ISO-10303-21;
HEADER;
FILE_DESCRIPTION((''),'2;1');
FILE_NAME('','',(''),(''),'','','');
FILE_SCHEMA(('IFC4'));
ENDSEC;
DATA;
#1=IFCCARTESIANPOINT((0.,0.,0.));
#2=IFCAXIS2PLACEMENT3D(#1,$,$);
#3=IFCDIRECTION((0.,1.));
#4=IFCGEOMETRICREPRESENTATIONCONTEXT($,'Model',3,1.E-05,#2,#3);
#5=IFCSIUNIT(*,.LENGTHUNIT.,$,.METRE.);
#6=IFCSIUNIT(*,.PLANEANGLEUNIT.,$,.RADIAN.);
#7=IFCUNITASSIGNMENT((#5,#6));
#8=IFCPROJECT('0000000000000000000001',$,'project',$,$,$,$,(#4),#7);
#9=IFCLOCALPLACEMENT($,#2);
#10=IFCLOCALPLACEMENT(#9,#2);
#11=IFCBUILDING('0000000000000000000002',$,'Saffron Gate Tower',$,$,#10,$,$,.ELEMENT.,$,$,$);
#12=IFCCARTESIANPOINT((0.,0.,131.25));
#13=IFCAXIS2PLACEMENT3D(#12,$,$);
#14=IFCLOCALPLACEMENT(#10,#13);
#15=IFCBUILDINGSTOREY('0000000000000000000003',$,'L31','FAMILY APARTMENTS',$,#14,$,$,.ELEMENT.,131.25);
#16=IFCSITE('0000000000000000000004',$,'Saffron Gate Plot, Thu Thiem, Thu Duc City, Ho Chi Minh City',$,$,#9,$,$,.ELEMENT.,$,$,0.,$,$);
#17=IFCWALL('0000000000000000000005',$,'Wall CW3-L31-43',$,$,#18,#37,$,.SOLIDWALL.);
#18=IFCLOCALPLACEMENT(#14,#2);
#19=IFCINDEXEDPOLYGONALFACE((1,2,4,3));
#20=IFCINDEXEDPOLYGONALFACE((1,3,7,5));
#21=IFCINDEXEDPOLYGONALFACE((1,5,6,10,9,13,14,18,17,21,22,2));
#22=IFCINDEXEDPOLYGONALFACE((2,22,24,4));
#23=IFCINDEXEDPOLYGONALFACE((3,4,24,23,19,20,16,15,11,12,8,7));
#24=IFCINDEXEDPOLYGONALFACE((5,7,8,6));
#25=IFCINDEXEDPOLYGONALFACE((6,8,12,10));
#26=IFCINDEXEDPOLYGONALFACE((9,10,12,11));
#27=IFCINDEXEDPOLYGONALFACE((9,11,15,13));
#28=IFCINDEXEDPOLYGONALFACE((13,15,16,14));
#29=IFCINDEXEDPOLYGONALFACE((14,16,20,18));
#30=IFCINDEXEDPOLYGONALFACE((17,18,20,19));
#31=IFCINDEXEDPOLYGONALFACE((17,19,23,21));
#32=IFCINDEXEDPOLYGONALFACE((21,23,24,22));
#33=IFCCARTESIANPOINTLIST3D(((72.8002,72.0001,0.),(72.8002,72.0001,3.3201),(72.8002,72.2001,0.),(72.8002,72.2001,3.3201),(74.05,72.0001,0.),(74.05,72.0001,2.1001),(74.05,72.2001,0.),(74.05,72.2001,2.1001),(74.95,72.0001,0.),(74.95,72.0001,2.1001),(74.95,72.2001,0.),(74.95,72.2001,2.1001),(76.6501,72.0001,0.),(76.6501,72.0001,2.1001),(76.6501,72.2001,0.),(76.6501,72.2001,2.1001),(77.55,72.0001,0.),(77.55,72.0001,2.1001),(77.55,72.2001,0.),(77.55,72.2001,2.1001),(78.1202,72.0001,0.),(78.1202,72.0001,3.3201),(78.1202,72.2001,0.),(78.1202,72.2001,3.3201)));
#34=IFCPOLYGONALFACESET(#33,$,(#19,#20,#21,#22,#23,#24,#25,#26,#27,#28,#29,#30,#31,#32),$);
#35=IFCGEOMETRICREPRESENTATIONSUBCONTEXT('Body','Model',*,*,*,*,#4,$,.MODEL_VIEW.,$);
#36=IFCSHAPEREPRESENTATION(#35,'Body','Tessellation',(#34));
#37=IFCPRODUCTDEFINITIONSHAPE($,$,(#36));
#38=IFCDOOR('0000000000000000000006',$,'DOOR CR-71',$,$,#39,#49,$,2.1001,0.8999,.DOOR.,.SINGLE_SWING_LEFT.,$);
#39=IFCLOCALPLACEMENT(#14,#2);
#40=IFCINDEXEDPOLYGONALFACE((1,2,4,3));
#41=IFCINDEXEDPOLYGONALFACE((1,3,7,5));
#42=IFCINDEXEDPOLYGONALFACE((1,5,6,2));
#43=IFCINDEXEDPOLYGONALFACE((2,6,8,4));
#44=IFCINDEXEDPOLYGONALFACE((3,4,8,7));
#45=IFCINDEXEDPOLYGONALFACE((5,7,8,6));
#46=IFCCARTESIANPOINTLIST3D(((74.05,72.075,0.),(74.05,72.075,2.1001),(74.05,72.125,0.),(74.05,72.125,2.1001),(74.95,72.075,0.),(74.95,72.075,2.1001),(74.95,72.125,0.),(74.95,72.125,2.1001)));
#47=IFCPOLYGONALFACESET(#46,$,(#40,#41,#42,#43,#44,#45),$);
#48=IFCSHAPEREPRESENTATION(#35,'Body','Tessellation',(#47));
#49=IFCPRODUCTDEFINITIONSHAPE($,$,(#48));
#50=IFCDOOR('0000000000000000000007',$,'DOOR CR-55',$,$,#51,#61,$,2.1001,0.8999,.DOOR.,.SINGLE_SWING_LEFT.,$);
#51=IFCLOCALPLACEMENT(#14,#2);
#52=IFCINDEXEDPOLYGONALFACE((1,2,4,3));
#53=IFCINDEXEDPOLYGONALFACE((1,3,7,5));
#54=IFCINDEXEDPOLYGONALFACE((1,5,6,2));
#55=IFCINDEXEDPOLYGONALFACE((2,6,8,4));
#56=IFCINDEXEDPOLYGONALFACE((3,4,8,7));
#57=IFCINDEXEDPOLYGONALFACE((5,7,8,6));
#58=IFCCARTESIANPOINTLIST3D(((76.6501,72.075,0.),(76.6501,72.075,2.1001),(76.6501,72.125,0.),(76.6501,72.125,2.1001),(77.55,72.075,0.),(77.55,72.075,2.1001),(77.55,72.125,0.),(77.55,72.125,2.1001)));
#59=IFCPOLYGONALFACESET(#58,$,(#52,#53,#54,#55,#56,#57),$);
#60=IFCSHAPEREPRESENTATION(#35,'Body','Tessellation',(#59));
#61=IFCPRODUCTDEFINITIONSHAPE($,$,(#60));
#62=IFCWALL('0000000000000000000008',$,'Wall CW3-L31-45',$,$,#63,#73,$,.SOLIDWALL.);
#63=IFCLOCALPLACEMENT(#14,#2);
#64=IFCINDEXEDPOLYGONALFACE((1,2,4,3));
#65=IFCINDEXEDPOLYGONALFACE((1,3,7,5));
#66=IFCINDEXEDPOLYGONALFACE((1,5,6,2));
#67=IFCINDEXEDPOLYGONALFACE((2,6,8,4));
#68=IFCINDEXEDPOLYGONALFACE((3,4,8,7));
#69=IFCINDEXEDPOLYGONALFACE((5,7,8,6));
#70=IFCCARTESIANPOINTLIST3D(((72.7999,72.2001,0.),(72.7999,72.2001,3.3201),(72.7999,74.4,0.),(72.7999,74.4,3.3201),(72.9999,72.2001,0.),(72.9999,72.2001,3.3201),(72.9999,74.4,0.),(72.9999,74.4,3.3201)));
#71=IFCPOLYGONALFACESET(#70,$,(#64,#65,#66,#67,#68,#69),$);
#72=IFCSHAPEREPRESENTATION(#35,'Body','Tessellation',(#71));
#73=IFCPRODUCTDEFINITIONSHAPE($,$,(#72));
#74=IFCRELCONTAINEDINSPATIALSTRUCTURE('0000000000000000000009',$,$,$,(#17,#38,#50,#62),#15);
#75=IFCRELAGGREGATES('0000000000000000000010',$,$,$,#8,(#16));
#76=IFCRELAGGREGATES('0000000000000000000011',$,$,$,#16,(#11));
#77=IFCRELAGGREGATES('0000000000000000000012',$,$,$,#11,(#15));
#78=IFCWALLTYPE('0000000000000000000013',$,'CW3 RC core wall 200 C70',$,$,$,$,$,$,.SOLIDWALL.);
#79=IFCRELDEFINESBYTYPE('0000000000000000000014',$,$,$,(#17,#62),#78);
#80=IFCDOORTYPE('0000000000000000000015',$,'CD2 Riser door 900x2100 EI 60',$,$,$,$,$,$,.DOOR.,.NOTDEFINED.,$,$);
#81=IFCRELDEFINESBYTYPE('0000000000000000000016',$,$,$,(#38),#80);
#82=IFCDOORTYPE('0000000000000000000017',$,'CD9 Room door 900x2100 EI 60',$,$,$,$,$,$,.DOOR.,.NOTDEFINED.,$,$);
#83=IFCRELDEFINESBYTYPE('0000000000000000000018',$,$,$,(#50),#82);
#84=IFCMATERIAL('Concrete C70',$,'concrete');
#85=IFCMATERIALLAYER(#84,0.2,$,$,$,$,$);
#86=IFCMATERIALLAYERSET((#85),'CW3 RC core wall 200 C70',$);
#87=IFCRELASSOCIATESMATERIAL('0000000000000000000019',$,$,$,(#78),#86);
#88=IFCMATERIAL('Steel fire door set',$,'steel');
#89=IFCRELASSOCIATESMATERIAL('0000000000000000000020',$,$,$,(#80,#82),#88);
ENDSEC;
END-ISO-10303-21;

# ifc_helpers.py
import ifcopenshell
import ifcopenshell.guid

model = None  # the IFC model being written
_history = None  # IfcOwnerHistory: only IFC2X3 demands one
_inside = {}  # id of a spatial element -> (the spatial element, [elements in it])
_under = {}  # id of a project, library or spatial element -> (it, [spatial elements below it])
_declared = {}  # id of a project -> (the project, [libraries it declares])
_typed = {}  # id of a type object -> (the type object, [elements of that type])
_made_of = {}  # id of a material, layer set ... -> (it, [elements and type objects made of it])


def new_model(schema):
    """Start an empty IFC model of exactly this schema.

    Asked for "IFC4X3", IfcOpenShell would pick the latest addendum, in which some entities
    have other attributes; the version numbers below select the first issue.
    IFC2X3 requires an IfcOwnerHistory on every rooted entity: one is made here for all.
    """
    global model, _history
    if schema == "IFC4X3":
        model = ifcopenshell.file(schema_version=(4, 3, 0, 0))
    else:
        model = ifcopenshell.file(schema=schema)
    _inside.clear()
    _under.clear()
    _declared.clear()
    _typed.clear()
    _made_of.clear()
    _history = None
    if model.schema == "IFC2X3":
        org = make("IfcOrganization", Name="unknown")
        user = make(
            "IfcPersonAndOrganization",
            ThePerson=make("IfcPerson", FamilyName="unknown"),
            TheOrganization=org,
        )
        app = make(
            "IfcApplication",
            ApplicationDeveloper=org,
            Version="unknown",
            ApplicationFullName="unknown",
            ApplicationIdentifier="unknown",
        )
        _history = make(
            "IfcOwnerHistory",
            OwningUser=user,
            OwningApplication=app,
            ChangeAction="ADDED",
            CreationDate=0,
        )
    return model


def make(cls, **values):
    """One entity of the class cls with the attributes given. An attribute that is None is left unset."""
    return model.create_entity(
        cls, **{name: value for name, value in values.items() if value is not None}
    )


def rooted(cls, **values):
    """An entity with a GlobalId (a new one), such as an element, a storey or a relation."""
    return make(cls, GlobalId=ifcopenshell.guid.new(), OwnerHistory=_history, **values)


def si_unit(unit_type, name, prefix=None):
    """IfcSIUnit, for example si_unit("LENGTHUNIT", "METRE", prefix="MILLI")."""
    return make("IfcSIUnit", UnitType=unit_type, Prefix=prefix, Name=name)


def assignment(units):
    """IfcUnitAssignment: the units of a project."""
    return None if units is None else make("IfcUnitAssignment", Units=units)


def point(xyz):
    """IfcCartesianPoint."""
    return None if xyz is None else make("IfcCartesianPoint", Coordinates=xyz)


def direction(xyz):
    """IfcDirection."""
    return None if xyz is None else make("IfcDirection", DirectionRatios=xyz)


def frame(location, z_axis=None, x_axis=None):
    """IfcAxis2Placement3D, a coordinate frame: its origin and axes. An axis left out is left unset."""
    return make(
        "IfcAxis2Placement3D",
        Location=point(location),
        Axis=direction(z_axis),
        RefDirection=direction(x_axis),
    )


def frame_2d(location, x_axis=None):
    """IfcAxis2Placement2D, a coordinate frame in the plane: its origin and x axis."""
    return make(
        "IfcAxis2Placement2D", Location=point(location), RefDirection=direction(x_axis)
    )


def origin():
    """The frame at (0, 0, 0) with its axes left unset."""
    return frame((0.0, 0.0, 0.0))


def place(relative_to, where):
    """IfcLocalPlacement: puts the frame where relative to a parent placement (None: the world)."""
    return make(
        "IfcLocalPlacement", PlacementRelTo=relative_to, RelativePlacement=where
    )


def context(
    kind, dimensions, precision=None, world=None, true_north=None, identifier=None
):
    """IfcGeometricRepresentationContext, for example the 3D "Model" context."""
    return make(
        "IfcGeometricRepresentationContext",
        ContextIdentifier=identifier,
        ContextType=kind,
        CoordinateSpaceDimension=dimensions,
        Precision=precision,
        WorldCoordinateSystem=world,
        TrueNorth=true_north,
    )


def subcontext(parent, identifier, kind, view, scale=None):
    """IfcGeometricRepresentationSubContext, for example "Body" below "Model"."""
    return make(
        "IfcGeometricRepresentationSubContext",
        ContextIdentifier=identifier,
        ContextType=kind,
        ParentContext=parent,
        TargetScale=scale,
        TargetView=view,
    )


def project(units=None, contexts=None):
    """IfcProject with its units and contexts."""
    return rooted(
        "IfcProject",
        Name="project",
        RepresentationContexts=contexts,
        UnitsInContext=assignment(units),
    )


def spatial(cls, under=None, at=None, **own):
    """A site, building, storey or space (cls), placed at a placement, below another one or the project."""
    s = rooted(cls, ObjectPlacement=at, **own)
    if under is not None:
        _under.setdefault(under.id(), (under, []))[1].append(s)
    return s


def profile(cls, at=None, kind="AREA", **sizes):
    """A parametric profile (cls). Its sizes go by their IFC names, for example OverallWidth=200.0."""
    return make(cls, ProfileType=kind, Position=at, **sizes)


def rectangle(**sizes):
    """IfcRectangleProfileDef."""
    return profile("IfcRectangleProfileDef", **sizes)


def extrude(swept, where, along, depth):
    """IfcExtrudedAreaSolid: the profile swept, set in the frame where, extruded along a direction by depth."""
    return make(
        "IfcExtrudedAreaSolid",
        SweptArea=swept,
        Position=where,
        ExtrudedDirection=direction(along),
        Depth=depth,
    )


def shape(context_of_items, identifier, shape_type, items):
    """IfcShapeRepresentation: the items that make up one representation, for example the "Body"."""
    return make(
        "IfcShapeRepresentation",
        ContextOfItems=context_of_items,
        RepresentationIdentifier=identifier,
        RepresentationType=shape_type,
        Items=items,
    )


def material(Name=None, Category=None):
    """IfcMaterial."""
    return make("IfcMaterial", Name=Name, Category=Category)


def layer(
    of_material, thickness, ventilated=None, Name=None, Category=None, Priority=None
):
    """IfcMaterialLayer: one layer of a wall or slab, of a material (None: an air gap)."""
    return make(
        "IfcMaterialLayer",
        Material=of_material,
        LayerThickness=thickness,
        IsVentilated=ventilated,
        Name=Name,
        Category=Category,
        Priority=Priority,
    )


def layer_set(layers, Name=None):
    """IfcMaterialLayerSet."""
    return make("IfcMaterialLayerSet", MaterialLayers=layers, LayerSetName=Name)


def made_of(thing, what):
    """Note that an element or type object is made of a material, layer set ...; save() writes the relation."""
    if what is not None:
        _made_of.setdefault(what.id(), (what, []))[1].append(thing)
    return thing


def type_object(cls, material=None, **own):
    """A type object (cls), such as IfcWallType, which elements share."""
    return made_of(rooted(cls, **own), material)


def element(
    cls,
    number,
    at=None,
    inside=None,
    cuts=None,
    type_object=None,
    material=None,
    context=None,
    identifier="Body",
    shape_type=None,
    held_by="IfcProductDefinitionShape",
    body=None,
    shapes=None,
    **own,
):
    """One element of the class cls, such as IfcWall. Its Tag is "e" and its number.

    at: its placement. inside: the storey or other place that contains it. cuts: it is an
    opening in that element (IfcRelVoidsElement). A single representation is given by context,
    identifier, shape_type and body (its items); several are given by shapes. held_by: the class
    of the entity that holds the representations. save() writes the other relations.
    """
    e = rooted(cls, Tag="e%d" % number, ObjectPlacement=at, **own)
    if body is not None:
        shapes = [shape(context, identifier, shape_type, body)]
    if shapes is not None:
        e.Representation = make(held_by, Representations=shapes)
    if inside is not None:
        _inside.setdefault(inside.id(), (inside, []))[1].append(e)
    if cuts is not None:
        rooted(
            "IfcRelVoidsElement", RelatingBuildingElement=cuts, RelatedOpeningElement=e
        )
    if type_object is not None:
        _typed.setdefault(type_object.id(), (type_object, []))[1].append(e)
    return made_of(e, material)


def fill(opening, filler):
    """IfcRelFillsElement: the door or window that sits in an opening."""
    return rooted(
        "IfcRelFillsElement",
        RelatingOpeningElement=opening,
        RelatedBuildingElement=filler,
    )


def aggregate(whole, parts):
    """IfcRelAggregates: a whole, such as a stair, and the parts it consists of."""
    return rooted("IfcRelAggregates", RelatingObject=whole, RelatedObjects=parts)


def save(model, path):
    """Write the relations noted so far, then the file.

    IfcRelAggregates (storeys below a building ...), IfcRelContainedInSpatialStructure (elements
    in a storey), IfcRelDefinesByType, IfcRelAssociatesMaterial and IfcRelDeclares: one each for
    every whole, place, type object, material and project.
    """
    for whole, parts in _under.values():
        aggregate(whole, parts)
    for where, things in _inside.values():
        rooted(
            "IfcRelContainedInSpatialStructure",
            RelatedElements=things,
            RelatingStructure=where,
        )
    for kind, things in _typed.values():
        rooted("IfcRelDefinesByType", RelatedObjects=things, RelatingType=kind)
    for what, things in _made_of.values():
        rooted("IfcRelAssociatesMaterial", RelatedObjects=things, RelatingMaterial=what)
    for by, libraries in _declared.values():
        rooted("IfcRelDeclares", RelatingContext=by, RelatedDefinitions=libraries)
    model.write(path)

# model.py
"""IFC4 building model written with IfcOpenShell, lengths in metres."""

from ifc_helpers import new_model, si_unit, direction, frame, frame_2d, origin, place, context, subcontext, project, spatial, rectangle, extrude, material, layer, layer_set, type_object, element, fill, save


model = new_model("IFC4")

# Units and contexts
model_context = context("Model", 3, precision=1e-05, world=origin(), true_north=direction((0.0, 1.0)))
body_context = subcontext(model_context, "Body", "Model", "MODEL_VIEW")
ifc_project = project(units=[si_unit("LENGTHUNIT", "METRE"), si_unit("PLANEANGLEUNIT", "RADIAN")], contexts=[model_context])

# Site, building, storey
site_placement = place(None, origin())
site = spatial("IfcSite", under=ifc_project, at=site_placement, Name="Saffron Gate Plot, Thu Thiem, Thu Duc City, Ho Chi Minh City", CompositionType="ELEMENT", RefElevation=0.0)
building_placement = place(site_placement, origin())
building = spatial("IfcBuilding", under=site, at=building_placement, Name="Saffron Gate Tower", CompositionType="ELEMENT")
storey_placement = place(building_placement, frame((0.0, 0.0, 131.25)))
storey = spatial("IfcBuildingStorey", under=building, at=storey_placement, Name="L31", Description="FAMILY APARTMENTS", CompositionType="ELEMENT", Elevation=131.25)

# Shared definitions
ifc_material_1 = material(Name="Concrete C70", Category="concrete")
ifc_material_2 = material(Name="Steel fire door set", Category="steel")
ifc_layer_1 = layer(ifc_material_1, 0.2)
ifc_layer_set_1 = layer_set([ifc_layer_1], Name="CW3 RC core wall 200 C70")
wall_type_1 = type_object("IfcWallType", Name="CW3 RC core wall 200 C70", PredefinedType="SOLIDWALL", material=ifc_layer_set_1)

# Wall, openings, doors
wall_1_placement = place(storey_placement, frame((72.8, 72.1001, 0.0), z_axis=(0.0, 0.0, 1.0), x_axis=(1.0, 0.0, 0.0)))
wall_1 = element("IfcWall", 1, at=wall_1_placement, inside=storey, type_object=wall_type_1, Name="Wall CW3-L31-43", PredefinedType="SOLIDWALL", context=body_context, shape_type="SweptSolid", body=[
    extrude(rectangle(XDim=5.3201, YDim=0.2, at=frame_2d((2.6602, 0.0))), origin(), (0.0, 0.0, 1.0), 3.3201),
])
opening_1_placement = place(wall_1_placement, frame((1.25, 0.0, 0.0)))
opening_1 = element("IfcOpeningElement", 2, at=opening_1_placement, cuts=wall_1, PredefinedType="OPENING", context=body_context, shape_type="SweptSolid", body=[
    extrude(rectangle(XDim=0.8999, YDim=2.1001, at=frame_2d((0.45, 1.05))), frame((0.0, 0.1099, 0.0), z_axis=(0.0, -1.0, 0.0), x_axis=(1.0, 0.0, 0.0)), (0.0, 0.0, 1.0), 0.22),
])
opening_2_placement = place(wall_1_placement, frame((3.8501, 0.0, 0.0)))
opening_2 = element("IfcOpeningElement", 3, at=opening_2_placement, cuts=wall_1, PredefinedType="OPENING", context=body_context, shape_type="SweptSolid", body=[
    extrude(rectangle(XDim=0.8999, YDim=2.1001, at=frame_2d((0.45, 1.05))), frame((0.0, 0.1099, 0.0), z_axis=(0.0, -1.0, 0.0), x_axis=(1.0, 0.0, 0.0)), (0.0, 0.0, 1.0), 0.22),
])
door_type_1 = type_object("IfcDoorType", Name="CD2 Riser door 900x2100 EI 60", OperationType="NOTDEFINED", PredefinedType="DOOR", material=ifc_material_2)
door_1_placement = place(opening_1_placement, origin())
door_1 = element("IfcDoor", 4, at=door_1_placement, inside=storey, type_object=door_type_1, Name="DOOR CR-71", OperationType="SINGLE_SWING_LEFT", OverallHeight=2.1001, OverallWidth=0.8999, PredefinedType="DOOR", context=body_context, shape_type="SweptSolid", body=[
    extrude(rectangle(XDim=0.8999, YDim=2.1001, at=frame_2d((0.45, 1.05))), frame((0.0, 0.0249, 0.0), z_axis=(0.0, -1.0, 0.0), x_axis=(1.0, 0.0, 0.0)), (0.0, 0.0, 1.0), 0.05),
])
fill(opening_1, door_1)
door_type_2 = type_object("IfcDoorType", Name="CD9 Room door 900x2100 EI 60", OperationType="NOTDEFINED", PredefinedType="DOOR", material=ifc_material_2)
door_2_placement = place(opening_2_placement, origin())
door_2 = element("IfcDoor", 5, at=door_2_placement, inside=storey, type_object=door_type_2, Name="DOOR CR-55", OperationType="SINGLE_SWING_LEFT", OverallHeight=2.1001, OverallWidth=0.8999, PredefinedType="DOOR", context=body_context, shape_type="SweptSolid", body=[
    extrude(rectangle(XDim=0.8999, YDim=2.1001, at=frame_2d((0.45, 1.05))), frame((0.0, 0.0249, 0.0), z_axis=(0.0, -1.0, 0.0), x_axis=(1.0, 0.0, 0.0)), (0.0, 0.0, 1.0), 0.05),
])
fill(opening_2, door_2)

# Wall
wall_2_placement = place(storey_placement, frame((72.8999, 72.2, 0.0), z_axis=(0.0, 0.0, 1.0), x_axis=(0.0, 1.0, 0.0)))
element("IfcWall", 6, at=wall_2_placement, inside=storey, type_object=wall_type_1, Name="Wall CW3-L31-45", PredefinedType="SOLIDWALL", context=body_context, shape_type="SweptSolid", body=[
    extrude(rectangle(XDim=2.2, YDim=0.2, at=frame_2d((1.1001, 0.0))), origin(), (0.0, 0.0, 1.0), 3.3201),
])

save(model, "model.ifc")
